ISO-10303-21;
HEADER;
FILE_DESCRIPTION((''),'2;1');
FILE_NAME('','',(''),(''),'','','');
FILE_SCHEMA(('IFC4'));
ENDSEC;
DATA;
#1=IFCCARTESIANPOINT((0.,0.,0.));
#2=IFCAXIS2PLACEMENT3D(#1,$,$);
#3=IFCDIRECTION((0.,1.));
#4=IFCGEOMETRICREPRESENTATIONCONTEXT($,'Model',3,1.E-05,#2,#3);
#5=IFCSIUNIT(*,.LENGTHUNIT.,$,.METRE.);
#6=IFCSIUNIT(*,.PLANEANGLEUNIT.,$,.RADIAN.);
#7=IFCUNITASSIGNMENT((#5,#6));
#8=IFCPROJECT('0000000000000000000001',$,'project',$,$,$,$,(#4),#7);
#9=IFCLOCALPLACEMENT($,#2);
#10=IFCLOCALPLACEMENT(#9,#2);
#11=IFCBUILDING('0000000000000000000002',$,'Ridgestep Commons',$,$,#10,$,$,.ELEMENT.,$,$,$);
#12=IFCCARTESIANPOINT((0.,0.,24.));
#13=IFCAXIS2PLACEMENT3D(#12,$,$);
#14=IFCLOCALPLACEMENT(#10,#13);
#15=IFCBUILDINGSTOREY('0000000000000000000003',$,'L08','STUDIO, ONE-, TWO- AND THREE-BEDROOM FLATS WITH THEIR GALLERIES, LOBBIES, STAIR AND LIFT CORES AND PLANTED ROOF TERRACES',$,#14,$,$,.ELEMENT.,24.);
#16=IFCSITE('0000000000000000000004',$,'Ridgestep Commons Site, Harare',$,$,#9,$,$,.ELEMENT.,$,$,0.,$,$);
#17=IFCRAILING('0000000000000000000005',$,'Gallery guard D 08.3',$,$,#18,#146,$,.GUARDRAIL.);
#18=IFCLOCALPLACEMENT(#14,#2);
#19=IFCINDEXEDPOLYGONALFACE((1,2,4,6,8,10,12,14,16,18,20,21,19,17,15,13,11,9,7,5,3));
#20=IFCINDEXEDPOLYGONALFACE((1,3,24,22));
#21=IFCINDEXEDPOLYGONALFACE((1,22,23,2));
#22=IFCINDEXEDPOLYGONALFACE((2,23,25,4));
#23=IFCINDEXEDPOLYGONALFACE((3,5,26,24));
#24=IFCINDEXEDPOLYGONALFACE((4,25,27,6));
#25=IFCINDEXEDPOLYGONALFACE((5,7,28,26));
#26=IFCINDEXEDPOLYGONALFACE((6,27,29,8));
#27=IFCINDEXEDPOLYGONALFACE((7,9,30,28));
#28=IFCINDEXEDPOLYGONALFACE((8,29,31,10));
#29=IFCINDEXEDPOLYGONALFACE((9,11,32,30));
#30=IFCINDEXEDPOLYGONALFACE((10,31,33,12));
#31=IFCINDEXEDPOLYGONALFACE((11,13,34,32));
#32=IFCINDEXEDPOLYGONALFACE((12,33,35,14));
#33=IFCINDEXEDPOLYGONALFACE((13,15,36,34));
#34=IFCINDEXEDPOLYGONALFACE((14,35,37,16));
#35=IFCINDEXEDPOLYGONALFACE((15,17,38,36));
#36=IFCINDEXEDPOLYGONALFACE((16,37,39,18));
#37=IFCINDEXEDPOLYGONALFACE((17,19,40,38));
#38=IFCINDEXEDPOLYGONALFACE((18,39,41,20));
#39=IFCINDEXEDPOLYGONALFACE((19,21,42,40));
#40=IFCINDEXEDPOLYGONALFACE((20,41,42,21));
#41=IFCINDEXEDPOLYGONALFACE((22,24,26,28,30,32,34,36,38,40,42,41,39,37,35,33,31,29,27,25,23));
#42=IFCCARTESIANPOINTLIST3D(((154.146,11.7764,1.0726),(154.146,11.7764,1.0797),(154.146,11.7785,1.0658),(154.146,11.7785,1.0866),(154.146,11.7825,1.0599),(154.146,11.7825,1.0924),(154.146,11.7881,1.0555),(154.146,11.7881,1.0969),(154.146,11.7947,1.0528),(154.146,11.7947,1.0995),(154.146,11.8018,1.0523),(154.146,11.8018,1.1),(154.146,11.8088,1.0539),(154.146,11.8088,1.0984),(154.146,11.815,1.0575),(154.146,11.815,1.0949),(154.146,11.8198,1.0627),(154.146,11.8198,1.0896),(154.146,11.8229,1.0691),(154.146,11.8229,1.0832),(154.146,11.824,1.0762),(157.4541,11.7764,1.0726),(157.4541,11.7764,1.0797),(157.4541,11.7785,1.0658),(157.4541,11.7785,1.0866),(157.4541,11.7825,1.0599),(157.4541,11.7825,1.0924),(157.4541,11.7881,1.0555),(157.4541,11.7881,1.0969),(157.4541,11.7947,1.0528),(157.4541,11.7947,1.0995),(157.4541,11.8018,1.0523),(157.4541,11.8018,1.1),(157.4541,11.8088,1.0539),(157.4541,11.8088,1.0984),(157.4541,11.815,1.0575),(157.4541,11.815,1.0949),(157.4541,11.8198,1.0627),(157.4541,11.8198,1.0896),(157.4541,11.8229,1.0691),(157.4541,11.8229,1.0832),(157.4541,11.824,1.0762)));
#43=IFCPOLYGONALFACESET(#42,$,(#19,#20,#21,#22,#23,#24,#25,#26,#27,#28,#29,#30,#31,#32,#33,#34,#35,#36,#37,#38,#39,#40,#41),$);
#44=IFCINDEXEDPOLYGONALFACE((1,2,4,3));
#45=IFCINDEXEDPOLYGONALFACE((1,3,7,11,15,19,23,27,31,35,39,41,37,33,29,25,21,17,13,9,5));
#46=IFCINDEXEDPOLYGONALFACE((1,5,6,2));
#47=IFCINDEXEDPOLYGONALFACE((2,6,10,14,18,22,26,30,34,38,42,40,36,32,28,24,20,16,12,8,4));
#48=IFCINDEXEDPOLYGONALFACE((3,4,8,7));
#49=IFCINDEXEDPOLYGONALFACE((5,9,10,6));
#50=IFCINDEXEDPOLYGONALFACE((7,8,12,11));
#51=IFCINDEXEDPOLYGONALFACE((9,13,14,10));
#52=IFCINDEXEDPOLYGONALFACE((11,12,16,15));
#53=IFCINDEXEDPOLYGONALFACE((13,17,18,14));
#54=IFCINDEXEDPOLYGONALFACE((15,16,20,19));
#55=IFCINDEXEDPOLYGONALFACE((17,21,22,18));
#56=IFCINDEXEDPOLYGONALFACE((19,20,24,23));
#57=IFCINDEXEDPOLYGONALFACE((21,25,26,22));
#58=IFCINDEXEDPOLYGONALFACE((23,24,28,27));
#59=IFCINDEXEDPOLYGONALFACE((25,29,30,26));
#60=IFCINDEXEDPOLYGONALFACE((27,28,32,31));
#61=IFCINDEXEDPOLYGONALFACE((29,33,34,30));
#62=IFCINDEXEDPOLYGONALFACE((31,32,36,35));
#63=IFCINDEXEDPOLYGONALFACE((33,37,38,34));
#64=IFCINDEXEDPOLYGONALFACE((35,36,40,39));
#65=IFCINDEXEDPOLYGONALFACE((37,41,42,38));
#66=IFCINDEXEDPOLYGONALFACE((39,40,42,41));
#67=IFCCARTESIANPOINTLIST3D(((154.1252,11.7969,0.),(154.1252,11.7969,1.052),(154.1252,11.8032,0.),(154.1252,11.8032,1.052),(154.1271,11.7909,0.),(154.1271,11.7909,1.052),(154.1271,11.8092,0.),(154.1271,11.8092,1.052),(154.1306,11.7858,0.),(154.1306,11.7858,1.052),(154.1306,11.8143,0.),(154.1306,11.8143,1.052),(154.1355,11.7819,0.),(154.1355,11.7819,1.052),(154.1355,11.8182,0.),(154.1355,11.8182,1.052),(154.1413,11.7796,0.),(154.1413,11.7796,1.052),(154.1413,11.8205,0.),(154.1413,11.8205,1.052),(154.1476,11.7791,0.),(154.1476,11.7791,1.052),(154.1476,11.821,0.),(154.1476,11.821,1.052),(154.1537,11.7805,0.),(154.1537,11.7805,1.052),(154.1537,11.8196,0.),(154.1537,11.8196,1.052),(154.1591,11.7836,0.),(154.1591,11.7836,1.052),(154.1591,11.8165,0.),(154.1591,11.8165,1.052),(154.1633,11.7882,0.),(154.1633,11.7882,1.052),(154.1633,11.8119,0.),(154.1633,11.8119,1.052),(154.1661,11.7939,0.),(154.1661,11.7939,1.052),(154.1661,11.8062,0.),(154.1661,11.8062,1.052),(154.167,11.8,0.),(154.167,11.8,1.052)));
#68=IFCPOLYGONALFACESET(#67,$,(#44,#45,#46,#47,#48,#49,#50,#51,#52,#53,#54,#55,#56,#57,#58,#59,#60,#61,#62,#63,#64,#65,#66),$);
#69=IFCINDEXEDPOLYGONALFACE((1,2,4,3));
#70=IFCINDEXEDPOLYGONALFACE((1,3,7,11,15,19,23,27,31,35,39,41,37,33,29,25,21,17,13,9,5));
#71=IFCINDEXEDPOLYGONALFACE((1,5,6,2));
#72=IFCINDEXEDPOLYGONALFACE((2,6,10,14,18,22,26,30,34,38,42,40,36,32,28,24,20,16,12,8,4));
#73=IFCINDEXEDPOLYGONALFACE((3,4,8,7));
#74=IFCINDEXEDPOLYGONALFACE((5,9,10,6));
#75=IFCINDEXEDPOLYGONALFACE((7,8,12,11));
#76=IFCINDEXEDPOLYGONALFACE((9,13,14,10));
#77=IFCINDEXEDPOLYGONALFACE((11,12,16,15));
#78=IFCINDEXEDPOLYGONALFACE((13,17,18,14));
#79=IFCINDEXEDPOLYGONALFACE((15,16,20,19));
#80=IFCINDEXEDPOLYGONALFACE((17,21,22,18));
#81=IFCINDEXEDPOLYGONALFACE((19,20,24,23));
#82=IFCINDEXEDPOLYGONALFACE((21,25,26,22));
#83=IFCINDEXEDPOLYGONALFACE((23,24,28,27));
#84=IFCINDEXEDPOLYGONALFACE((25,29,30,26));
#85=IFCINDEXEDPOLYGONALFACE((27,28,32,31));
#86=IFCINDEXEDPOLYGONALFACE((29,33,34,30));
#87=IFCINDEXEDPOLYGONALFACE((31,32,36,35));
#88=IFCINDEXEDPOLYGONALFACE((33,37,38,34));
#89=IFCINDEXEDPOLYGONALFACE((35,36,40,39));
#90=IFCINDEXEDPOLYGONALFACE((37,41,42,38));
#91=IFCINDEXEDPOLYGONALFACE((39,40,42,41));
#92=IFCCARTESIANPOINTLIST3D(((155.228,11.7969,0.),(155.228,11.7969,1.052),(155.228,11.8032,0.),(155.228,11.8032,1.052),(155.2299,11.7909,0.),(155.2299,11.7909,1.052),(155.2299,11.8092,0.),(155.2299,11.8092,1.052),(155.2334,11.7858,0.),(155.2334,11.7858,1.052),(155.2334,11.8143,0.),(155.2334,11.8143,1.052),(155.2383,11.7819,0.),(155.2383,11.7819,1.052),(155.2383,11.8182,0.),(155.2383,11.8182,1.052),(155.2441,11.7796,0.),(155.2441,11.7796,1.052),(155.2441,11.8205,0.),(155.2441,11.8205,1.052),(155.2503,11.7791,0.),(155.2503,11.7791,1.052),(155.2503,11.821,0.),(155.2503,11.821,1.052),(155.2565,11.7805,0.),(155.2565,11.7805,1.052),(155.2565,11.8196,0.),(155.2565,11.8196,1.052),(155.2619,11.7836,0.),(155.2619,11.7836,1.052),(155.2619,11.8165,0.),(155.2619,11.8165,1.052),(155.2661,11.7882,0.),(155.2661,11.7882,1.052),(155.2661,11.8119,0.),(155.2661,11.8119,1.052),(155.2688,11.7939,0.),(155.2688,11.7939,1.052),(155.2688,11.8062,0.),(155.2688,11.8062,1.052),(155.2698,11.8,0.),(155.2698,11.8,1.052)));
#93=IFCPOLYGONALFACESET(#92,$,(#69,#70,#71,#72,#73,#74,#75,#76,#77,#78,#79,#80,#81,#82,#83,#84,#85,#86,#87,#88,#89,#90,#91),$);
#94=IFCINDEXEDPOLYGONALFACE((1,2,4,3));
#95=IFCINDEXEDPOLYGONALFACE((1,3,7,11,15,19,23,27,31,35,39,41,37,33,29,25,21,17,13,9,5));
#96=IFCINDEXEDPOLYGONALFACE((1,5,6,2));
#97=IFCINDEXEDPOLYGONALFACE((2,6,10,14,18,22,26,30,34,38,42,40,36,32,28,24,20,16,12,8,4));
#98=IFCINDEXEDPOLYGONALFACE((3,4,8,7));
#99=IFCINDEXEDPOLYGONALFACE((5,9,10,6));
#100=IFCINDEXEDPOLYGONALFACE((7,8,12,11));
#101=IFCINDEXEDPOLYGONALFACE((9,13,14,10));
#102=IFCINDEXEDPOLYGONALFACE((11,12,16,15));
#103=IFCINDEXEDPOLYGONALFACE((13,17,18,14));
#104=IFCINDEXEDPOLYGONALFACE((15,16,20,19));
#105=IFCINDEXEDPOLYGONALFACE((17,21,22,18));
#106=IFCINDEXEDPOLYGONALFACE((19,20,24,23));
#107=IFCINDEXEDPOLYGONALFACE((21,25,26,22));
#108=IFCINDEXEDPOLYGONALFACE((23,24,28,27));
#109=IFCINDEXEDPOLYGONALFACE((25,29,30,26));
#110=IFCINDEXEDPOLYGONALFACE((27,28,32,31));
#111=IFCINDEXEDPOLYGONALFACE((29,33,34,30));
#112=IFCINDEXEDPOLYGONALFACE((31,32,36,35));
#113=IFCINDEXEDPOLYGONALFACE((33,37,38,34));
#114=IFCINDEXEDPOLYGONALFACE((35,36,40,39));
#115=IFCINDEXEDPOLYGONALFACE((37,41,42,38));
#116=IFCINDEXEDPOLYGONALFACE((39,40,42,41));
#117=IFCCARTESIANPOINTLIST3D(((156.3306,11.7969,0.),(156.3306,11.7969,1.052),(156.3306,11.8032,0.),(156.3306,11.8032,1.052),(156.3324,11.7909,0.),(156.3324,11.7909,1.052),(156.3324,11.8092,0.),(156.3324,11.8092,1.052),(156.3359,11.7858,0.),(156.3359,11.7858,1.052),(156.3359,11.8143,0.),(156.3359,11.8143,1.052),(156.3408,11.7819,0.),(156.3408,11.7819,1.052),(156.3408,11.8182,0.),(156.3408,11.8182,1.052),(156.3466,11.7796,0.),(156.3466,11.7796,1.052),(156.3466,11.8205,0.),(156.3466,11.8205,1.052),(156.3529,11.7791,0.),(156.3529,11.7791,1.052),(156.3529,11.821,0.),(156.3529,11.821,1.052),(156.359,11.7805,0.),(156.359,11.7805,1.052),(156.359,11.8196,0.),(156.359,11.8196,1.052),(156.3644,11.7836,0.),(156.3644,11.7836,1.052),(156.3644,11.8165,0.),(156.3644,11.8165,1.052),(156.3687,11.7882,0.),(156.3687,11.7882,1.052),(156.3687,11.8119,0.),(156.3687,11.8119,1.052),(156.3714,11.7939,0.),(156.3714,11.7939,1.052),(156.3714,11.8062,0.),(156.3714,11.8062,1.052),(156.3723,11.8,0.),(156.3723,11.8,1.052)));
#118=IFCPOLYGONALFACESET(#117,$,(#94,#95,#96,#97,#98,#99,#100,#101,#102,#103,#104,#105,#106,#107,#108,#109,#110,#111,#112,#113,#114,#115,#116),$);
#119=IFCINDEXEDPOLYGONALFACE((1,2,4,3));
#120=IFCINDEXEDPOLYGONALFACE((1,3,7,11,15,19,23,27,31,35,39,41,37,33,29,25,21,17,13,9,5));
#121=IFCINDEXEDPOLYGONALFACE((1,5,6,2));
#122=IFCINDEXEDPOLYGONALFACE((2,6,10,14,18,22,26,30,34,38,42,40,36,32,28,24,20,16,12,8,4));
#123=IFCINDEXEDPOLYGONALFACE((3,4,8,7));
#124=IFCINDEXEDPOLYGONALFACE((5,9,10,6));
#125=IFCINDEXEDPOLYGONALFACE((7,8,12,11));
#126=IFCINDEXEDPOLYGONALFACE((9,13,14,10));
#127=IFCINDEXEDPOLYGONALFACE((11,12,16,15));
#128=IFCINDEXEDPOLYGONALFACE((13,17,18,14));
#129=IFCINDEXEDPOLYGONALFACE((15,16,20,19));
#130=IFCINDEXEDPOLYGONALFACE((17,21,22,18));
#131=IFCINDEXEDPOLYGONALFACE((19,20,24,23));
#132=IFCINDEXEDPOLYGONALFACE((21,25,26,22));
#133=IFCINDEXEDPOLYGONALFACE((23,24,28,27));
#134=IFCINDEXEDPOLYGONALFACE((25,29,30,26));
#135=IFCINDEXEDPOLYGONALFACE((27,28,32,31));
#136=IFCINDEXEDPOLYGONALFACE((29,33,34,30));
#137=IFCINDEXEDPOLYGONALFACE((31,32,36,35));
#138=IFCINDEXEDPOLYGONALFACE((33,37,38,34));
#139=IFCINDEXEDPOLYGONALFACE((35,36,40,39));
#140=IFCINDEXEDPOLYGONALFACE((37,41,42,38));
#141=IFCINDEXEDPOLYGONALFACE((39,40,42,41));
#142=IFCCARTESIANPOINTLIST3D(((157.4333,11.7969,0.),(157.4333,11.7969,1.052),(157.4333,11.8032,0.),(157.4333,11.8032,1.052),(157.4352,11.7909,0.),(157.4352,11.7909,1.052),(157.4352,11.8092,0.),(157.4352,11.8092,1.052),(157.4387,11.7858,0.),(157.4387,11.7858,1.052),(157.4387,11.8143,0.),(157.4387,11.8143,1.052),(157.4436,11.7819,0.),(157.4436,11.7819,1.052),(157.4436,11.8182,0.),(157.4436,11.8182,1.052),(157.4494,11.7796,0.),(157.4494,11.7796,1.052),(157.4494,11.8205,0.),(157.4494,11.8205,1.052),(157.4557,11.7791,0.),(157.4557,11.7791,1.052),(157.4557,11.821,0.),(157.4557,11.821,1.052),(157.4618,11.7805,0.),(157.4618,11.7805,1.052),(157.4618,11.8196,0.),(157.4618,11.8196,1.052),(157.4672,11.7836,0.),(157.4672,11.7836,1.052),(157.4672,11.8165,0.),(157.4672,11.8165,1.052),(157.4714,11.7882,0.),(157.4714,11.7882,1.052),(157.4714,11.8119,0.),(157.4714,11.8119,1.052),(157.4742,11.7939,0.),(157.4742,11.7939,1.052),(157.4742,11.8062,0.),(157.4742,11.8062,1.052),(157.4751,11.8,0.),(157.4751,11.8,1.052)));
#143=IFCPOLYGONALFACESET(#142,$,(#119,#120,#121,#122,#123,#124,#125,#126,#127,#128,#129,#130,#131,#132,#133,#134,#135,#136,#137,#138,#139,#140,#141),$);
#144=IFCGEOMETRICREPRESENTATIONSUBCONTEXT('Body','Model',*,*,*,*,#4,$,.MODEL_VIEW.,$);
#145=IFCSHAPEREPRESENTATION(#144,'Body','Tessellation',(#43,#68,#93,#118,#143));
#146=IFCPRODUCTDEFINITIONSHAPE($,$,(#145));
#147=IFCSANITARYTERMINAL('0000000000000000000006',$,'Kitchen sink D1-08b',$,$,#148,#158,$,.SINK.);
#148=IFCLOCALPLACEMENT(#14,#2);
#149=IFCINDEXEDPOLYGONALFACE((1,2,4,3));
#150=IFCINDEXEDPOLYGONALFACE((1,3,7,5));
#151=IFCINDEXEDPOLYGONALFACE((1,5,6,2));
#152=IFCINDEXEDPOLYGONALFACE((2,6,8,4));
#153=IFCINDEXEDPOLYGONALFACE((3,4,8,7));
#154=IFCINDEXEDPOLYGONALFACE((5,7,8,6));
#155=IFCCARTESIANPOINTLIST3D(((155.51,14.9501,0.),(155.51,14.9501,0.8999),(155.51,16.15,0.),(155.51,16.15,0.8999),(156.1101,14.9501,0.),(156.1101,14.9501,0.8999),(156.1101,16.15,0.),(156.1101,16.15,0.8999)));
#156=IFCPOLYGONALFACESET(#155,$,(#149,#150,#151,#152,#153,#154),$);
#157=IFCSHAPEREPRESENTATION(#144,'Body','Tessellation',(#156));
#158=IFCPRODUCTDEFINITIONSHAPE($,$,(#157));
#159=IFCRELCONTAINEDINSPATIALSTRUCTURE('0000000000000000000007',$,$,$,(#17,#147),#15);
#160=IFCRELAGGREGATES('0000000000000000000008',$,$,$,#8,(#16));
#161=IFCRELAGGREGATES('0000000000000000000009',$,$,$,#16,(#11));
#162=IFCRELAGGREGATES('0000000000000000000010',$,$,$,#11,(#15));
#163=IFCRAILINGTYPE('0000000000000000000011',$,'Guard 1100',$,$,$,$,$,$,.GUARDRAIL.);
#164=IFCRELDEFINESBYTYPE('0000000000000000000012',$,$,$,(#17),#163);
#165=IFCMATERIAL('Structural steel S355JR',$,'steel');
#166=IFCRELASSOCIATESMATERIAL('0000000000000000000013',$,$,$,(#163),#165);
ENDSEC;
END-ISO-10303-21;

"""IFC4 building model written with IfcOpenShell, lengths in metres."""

from ifc_helpers import new_model, si_unit, direction, frame, origin, origin_2d, place, context, subcontext, project, spatial, rectangle, circle, extrude, material, type_object, element, save


model = new_model("IFC4")

# Units and contexts
model_context = context("Model", 3, precision=1e-05, world=origin(), true_north=direction((0.0, 1.0)))
body_context = subcontext(model_context, "Body", "Model", "MODEL_VIEW")
ifc_project = project(units=[si_unit("LENGTHUNIT", "METRE"), si_unit("PLANEANGLEUNIT", "RADIAN")], contexts=[model_context])

# Site, building, storey
site_placement = place(None, origin())
site = spatial("IfcSite", under=ifc_project, at=site_placement, Name="Ridgestep Commons Site, Harare", CompositionType="ELEMENT", RefElevation=0.0)
building_placement = place(site_placement, origin())
building = spatial("IfcBuilding", under=site, at=building_placement, Name="Ridgestep Commons", CompositionType="ELEMENT")
storey_placement = place(building_placement, frame((0.0, 0.0, 24.0)))
storey = spatial("IfcBuildingStorey", under=building, at=storey_placement, Name="L08", Description="STUDIO, ONE-, TWO- AND THREE-BEDROOM FLATS WITH THEIR GALLERIES, LOBBIES, STAIR AND LIFT CORES AND PLANTED ROOF TERRACES", CompositionType="ELEMENT", Elevation=24.0)

# Railing
ifc_material_1 = material(Name="Structural steel S355JR", Category="steel")
railing_type = type_object("IfcRailingType", Name="Guard 1100", PredefinedType="GUARDRAIL", material=ifc_material_1)
for number, where, name in (
    (1, (154.146, 11.8, 0.0), "Gallery guard D 08.3"),
):
    element("IfcRailing", number, at=place(storey_placement, frame(where)), inside=storey, type_object=railing_type, Name=name, PredefinedType="GUARDRAIL", context=body_context, shape_type="SweptSolid", body=[
        extrude(circle(Radius=0.0239, at=origin_2d()), frame((0.0, 0.0, 1.0762), z_axis=(1.0, 0.0, 0.0), x_axis=(0.0, 1.0, 0.0)), (0.0, 0.0, 1.0), 3.3081),
        extrude(circle(Radius=0.021, at=origin_2d()), origin(), (0.0, 0.0, 1.0), 1.052),
        extrude(circle(Radius=0.021, at=origin_2d()), frame((1.1028, 0.0, 0.0)), (0.0, 0.0, 1.0), 1.052),
        extrude(circle(Radius=0.021, at=origin_2d()), frame((2.2053, 0.0, 0.0)), (0.0, 0.0, 1.0), 1.052),
        extrude(circle(Radius=0.021, at=origin_2d()), frame((3.3081, 0.0, 0.0)), (0.0, 0.0, 1.0), 1.052),
    ])

# Sanitary terminal
sanitary_terminal_placement = place(storey_placement, frame((155.8101, 15.55, 0.0), z_axis=(0.0, 0.0, 1.0), x_axis=(1.0, 0.0, 0.0)))
element("IfcSanitaryTerminal", 2, at=sanitary_terminal_placement, inside=storey, Name="Kitchen sink D1-08b", PredefinedType="SINK", context=body_context, shape_type="SweptSolid", body=[
    extrude(rectangle(XDim=0.6001, YDim=1.2, at=origin_2d()), origin(), (0.0, 0.0, 1.0), 0.8999),
])

save(model, "model.ifc")
